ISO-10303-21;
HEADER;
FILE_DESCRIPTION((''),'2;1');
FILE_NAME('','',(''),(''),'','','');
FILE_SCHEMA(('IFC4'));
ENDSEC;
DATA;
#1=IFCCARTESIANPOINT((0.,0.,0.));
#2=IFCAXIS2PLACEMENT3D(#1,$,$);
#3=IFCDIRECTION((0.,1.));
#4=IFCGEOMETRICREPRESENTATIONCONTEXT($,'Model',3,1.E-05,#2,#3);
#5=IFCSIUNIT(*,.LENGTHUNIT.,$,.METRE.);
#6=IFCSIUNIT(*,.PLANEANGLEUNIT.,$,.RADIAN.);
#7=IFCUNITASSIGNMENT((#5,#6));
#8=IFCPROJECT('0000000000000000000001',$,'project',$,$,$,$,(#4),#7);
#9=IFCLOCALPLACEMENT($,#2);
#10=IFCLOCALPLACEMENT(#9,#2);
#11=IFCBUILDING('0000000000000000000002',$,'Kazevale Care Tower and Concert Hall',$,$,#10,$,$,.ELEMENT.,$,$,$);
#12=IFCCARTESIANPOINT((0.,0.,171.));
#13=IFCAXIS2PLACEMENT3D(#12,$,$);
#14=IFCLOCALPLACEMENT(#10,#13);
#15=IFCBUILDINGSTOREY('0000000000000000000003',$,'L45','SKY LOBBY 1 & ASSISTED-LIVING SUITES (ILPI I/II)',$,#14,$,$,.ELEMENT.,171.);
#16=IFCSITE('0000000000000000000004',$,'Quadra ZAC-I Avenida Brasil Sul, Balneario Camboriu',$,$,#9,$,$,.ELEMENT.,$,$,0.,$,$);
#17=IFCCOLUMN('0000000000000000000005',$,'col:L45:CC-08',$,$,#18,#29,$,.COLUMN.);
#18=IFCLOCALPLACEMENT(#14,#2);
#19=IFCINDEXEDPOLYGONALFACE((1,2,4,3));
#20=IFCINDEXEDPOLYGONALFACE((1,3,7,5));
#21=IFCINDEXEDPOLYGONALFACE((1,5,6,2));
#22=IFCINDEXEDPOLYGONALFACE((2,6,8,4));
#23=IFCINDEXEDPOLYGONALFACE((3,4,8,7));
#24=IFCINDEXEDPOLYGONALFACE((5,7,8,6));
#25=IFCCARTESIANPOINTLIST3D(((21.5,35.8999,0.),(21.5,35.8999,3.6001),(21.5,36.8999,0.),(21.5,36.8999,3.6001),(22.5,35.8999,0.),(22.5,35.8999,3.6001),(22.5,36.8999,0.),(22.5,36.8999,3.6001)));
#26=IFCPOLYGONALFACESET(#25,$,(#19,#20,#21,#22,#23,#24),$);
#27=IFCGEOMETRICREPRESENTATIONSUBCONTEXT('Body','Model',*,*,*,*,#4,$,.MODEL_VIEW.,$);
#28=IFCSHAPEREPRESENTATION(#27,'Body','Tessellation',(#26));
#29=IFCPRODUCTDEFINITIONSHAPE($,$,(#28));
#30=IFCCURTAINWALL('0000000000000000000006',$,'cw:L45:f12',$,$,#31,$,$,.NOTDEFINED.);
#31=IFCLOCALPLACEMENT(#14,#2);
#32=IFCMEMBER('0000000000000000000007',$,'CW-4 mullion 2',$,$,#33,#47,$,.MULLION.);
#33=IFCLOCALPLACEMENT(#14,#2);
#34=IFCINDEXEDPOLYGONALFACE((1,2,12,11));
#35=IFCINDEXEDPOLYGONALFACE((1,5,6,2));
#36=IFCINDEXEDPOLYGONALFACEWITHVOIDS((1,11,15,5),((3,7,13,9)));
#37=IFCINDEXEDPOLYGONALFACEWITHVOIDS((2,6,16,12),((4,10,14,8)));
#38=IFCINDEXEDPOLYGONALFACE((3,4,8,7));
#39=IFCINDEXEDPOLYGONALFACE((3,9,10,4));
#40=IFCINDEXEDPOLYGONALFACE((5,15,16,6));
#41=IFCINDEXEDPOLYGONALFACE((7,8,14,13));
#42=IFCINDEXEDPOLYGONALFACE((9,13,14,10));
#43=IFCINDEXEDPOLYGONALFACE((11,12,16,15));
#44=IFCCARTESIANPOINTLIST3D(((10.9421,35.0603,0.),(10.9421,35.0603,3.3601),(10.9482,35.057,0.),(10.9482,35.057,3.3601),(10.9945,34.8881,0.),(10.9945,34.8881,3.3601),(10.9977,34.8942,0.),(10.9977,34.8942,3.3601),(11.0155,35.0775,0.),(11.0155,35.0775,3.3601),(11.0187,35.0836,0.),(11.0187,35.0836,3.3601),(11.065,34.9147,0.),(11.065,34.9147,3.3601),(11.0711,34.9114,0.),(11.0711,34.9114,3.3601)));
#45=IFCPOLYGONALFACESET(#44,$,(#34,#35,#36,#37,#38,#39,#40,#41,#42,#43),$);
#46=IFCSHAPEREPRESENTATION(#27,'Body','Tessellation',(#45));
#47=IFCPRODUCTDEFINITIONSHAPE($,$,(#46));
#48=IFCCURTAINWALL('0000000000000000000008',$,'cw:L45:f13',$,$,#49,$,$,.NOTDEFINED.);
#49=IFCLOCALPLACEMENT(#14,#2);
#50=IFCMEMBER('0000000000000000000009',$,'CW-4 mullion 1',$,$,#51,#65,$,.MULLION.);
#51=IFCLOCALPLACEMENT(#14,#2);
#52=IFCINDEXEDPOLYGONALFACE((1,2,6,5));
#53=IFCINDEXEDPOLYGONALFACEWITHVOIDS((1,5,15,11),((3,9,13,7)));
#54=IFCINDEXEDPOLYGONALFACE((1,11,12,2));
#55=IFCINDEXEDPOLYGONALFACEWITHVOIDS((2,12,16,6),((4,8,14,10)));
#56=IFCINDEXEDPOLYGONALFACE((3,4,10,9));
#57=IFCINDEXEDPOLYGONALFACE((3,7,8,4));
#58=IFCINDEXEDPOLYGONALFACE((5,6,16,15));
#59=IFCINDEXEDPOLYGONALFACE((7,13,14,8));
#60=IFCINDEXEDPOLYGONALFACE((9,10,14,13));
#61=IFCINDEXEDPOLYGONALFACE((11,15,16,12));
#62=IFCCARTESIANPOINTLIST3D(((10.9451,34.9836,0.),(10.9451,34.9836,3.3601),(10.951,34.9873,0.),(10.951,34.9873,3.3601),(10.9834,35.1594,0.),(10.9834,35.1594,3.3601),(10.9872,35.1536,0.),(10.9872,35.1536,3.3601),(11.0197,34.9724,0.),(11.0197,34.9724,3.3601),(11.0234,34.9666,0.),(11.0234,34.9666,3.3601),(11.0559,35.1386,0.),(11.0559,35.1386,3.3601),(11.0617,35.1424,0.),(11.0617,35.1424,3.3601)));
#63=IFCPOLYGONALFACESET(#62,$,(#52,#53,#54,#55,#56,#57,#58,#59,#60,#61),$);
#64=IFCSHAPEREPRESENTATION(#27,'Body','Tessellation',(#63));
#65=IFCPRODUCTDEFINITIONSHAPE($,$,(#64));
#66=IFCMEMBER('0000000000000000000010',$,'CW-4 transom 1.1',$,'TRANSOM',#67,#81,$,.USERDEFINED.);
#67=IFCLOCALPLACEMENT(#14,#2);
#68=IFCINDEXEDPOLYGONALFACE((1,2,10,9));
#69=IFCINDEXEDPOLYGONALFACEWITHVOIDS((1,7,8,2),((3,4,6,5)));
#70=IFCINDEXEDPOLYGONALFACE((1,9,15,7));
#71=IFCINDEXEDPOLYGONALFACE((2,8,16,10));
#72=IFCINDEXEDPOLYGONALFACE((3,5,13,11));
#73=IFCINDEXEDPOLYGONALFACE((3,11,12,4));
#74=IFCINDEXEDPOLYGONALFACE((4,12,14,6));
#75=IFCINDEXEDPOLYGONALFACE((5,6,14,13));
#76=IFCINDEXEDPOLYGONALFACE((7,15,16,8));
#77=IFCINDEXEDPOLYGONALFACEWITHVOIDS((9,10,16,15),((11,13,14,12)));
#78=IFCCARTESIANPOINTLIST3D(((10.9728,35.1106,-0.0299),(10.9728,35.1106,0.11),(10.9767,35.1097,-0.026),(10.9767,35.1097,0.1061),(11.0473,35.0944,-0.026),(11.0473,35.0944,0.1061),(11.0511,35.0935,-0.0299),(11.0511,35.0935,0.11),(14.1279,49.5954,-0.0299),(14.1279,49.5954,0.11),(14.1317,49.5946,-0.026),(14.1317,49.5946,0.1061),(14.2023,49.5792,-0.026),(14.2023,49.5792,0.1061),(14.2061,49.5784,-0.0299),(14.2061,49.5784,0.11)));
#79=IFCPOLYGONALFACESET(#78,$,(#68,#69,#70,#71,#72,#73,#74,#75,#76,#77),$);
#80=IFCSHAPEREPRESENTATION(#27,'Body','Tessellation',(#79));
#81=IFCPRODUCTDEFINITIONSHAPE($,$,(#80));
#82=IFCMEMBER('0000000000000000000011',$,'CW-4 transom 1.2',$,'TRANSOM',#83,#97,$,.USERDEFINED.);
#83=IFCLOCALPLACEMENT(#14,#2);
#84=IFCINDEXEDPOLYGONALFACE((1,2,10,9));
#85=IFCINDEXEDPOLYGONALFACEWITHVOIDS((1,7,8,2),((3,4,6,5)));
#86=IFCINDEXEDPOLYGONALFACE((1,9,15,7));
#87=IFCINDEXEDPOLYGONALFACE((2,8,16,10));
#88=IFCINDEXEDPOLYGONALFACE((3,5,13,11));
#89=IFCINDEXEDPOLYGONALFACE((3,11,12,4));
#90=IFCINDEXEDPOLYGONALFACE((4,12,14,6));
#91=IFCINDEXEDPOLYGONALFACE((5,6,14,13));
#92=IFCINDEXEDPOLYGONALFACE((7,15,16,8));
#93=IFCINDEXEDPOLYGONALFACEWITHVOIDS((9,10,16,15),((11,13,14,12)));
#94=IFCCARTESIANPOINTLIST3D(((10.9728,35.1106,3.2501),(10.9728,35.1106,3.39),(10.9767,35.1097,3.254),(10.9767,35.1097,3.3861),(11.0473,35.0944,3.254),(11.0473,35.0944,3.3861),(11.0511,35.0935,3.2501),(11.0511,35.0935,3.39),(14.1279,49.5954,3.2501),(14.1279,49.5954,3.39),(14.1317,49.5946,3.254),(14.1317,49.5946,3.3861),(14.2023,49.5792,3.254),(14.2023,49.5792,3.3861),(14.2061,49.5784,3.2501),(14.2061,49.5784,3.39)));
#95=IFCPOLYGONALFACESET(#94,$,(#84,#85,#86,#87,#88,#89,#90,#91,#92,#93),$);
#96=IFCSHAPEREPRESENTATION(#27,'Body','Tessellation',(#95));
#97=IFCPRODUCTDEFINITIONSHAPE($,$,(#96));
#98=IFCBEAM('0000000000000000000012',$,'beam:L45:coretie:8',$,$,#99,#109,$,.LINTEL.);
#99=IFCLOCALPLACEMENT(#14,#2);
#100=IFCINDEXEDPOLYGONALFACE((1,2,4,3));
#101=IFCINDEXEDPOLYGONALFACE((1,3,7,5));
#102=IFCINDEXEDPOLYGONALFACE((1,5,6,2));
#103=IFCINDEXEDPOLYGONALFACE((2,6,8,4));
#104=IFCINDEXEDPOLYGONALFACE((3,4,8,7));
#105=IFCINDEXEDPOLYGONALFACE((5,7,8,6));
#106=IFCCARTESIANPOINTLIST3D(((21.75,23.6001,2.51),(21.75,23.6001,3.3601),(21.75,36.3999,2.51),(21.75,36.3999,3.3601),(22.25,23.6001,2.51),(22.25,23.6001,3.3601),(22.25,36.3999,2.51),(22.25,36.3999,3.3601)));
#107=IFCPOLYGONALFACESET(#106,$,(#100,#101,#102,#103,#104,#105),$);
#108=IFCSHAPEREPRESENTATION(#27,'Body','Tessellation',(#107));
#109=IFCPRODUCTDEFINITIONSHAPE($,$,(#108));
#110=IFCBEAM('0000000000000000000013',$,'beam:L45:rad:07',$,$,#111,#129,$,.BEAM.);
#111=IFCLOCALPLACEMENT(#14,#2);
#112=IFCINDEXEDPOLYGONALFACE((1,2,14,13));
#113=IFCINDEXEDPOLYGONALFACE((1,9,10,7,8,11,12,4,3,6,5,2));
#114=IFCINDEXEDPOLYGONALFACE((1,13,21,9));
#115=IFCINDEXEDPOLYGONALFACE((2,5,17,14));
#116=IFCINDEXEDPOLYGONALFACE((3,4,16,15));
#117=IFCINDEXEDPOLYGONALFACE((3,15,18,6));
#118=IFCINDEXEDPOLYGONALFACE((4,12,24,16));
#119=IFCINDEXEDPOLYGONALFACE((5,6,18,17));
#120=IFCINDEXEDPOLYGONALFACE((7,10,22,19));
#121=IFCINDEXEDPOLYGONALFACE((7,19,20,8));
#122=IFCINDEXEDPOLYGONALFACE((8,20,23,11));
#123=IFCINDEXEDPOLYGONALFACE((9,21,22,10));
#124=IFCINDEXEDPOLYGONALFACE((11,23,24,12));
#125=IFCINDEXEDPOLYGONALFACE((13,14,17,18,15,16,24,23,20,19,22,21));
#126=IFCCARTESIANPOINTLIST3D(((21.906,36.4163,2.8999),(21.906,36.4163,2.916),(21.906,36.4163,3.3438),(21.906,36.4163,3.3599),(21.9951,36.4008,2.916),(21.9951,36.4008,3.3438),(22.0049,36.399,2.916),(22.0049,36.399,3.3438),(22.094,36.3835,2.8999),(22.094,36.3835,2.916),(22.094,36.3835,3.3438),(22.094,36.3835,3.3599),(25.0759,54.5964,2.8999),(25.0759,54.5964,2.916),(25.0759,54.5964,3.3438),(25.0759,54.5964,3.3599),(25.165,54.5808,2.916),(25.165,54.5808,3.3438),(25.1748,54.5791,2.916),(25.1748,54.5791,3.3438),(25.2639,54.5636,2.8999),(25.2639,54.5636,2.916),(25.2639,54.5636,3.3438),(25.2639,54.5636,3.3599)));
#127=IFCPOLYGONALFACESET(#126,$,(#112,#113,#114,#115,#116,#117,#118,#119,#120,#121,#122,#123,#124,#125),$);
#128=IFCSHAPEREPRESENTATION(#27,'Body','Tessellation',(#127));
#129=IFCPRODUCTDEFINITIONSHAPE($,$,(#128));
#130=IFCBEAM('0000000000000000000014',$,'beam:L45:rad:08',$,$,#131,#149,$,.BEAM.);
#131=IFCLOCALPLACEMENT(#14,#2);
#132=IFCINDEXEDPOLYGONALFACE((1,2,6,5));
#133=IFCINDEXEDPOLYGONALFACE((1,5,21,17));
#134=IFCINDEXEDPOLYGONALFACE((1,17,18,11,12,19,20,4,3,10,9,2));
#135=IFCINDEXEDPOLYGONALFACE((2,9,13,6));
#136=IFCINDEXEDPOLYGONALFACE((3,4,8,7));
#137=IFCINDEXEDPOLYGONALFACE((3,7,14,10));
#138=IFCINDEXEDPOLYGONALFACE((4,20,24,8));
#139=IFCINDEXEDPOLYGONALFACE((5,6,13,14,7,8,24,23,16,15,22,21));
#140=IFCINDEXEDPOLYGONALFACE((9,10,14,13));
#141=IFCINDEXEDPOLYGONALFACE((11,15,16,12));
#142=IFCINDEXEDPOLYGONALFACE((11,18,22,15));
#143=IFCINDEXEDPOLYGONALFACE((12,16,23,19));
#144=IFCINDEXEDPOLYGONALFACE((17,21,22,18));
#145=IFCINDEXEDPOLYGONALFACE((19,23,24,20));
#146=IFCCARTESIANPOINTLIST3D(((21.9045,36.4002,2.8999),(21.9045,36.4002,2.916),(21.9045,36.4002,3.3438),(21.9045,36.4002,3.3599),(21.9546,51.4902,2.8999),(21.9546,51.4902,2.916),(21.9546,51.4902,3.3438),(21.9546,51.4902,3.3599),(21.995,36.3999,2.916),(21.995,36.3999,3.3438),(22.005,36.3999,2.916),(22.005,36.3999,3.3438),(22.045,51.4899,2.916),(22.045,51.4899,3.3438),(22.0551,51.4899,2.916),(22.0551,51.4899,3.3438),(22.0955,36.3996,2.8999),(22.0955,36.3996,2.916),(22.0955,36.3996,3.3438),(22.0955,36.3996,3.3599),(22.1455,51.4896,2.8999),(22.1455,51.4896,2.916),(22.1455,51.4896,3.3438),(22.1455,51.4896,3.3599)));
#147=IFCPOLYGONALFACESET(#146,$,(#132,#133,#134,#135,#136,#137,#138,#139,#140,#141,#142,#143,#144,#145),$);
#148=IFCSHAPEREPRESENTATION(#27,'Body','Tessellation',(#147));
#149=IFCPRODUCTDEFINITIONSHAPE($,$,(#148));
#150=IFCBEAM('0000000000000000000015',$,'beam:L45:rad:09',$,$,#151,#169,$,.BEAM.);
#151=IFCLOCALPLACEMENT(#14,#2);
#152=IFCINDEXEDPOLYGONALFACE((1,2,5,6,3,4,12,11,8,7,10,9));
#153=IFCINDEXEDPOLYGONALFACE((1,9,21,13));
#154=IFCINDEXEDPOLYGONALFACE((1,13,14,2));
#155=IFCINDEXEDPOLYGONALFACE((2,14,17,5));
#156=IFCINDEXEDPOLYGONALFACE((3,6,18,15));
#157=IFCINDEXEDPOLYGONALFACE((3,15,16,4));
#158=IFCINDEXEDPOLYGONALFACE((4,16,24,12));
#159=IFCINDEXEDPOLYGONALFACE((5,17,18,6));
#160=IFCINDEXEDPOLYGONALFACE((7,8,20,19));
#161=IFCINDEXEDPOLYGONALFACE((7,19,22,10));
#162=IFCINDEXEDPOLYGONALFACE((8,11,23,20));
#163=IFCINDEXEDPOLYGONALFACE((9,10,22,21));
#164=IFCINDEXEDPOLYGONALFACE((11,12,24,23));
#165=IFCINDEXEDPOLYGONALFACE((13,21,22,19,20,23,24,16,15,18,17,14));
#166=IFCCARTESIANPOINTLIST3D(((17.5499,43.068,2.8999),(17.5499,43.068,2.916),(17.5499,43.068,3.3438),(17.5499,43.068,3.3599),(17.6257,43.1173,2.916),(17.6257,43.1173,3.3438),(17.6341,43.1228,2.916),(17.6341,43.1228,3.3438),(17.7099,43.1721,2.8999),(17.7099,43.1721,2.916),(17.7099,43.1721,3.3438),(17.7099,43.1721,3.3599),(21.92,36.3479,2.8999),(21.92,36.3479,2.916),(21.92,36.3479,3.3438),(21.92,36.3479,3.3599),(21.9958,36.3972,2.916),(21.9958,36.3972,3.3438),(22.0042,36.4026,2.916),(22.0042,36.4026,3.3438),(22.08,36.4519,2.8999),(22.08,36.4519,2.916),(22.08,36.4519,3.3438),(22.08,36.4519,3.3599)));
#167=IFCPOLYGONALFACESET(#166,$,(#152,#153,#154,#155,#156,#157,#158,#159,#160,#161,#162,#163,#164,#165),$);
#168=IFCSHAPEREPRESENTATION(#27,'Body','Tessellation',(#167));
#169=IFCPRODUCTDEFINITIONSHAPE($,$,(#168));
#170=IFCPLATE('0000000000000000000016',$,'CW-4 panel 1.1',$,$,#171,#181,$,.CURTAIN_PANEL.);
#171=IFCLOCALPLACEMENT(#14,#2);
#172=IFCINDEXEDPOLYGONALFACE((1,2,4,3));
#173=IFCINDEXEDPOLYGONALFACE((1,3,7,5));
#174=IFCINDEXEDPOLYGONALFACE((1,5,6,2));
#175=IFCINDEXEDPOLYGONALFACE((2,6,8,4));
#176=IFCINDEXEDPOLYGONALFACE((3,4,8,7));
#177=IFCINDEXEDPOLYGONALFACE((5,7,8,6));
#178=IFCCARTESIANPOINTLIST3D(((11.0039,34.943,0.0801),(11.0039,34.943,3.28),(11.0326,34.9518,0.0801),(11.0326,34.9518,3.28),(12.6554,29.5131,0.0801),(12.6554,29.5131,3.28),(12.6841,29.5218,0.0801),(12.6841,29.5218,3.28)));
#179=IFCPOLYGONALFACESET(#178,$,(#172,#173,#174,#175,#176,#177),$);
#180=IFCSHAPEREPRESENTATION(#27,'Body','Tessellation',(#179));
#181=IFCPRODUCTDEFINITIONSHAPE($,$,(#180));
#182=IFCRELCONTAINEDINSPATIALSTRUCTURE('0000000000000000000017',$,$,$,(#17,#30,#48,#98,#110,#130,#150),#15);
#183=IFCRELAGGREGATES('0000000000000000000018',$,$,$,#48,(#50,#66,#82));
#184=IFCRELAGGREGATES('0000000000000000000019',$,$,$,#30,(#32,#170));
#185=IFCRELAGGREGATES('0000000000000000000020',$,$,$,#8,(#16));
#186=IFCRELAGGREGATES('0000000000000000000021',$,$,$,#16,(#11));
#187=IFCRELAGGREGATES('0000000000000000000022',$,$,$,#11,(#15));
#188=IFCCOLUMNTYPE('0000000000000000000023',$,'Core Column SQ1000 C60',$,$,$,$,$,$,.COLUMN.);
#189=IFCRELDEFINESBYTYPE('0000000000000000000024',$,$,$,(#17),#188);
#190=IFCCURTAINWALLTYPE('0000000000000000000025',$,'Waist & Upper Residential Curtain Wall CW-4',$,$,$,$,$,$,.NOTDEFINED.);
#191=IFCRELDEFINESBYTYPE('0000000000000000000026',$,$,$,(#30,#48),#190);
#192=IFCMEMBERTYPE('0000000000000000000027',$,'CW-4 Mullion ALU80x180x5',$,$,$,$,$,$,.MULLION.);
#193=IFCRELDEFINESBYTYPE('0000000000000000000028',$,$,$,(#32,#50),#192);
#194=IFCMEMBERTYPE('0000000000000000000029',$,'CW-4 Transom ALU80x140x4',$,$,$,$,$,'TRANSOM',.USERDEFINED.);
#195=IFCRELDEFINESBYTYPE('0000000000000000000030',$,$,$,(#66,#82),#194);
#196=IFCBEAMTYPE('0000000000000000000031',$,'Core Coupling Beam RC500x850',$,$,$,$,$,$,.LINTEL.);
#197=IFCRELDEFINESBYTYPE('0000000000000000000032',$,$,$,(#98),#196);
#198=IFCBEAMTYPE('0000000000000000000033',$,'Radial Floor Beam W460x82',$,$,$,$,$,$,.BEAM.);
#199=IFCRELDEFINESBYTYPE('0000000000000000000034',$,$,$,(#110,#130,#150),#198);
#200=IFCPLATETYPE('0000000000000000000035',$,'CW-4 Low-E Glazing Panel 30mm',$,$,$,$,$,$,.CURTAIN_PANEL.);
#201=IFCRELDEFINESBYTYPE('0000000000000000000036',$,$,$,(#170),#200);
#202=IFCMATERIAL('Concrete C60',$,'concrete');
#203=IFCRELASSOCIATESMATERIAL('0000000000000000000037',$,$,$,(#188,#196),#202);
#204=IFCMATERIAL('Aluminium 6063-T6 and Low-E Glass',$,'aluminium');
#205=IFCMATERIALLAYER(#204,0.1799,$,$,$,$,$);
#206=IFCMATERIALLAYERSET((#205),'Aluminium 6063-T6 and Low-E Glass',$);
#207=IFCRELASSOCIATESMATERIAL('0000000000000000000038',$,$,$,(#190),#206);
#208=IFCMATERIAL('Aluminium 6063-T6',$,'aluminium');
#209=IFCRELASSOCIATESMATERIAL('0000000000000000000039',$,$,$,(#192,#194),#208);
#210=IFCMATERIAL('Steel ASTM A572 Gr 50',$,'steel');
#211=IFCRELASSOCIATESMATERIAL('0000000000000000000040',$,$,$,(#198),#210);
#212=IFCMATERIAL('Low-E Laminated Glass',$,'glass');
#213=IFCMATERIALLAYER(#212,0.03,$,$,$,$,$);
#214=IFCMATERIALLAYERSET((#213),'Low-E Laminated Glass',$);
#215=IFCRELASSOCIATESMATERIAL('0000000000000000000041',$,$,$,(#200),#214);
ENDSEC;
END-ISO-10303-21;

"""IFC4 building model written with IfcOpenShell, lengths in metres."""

from ifc_helpers import new_model, si_unit, direction, frame, origin, origin_2d, place, context, subcontext, project, spatial, rectangle, hollow_rectangle, i_section, extrude, material, layer, layer_set, material_profile, profile_set, type_object, element, aggregate, save


model = new_model("IFC4")

# Units and contexts
model_context = context("Model", 3, precision=1e-05, world=origin(), true_north=direction((0.0, 1.0)))
body_context = subcontext(model_context, "Body", "Model", "MODEL_VIEW")
ifc_project = project(units=[si_unit("LENGTHUNIT", "METRE"), si_unit("PLANEANGLEUNIT", "RADIAN")], contexts=[model_context])

# Site, building, storey
site_placement = place(None, origin())
site = spatial("IfcSite", under=ifc_project, at=site_placement, Name="Quadra ZAC-I Avenida Brasil Sul, Balneario Camboriu", CompositionType="ELEMENT", RefElevation=0.0)
building_placement = place(site_placement, origin())
building = spatial("IfcBuilding", under=site, at=building_placement, Name="Kazevale Care Tower and Concert Hall", CompositionType="ELEMENT")
storey_placement = place(building_placement, frame((0.0, 0.0, 171.0)))
storey = spatial("IfcBuildingStorey", under=building, at=storey_placement, Name="L45", Description="SKY LOBBY 1 & ASSISTED-LIVING SUITES (ILPI I/II)", CompositionType="ELEMENT", Elevation=171.0)

# Column
ifc_material_1 = material(Name="Concrete C60", Category="concrete")
ifc_material_profile_1 = material_profile(ifc_material_1, rectangle(XDim=1.0, YDim=1.0, at=origin_2d()), Name="RC-SQ1000")
ifc_profile_set_1 = profile_set([ifc_material_profile_1], Name="Concrete C60")
column_type = type_object("IfcColumnType", Name="Core Column SQ1000 C60", PredefinedType="COLUMN", material=ifc_profile_set_1)
column_placement = place(storey_placement, frame((22.0, 36.3999, 0.0), z_axis=(0.0, 0.0, 1.0), x_axis=(1.0, 0.0, 0.0)))
element("IfcColumn", 1, at=column_placement, inside=storey, type_object=column_type, Name="col:L45:CC-08", PredefinedType="COLUMN", context=body_context, shape_type="SweptSolid", body=[
    extrude(rectangle(XDim=1.0, YDim=1.0, at=origin_2d()), origin(), (0.0, 0.0, 1.0), 3.6001),
])

# Curtain wall, member
ifc_material_2 = material(Name="Aluminium 6063-T6 and Low-E Glass", Category="aluminium")
ifc_layer_1 = layer(ifc_material_2, 0.1799)
ifc_layer_set_1 = layer_set([ifc_layer_1], Name="Aluminium 6063-T6 and Low-E Glass")
curtain_wall_type = type_object("IfcCurtainWallType", Name="Waist & Upper Residential Curtain Wall CW-4", PredefinedType="NOTDEFINED", material=ifc_layer_set_1)
curtain_wall_1_placement = place(storey_placement, origin())
curtain_wall_1 = element("IfcCurtainWall", 2, at=curtain_wall_1_placement, inside=storey, type_object=curtain_wall_type, Name="cw:L45:f12", PredefinedType="NOTDEFINED")
ifc_material_3 = material(Name="Aluminium 6063-T6", Category="aluminium")
ifc_material_profile_2 = material_profile(ifc_material_3, hollow_rectangle(XDim=0.0801, YDim=0.1799, WallThickness=0.0049, at=origin_2d()), Name="ALU80x180x5")
ifc_profile_set_2 = profile_set([ifc_material_profile_2], Name="Aluminium 6063-T6")
member_type_1 = type_object("IfcMemberType", Name="CW-4 Mullion ALU80x180x5", PredefinedType="MULLION", material=ifc_profile_set_2)
member_1_placement = place(storey_placement, frame((11.0066, 34.9858, 0.0), z_axis=(0.0, 0.0, 1.0), x_axis=(-0.95673, -0.290977, 0.0)))
member_1 = element("IfcMember", 3, at=member_1_placement, type_object=member_type_1, Name="CW-4 mullion 2", PredefinedType="MULLION", context=body_context, shape_type="SweptSolid", body=[
    extrude(hollow_rectangle(XDim=0.0801, YDim=0.1799, WallThickness=0.0049, at=origin_2d()), origin(), (0.0, 0.0, 1.0), 3.3601),
])

# Curtain wall, members
curtain_wall_2_placement = place(storey_placement, origin())
curtain_wall_2 = element("IfcCurtainWall", 4, at=curtain_wall_2_placement, inside=storey, type_object=curtain_wall_type, Name="cw:L45:f13", PredefinedType="NOTDEFINED")
member_2_placement = place(storey_placement, frame((11.0034, 35.063, 0.0), z_axis=(0.0, 0.0, 1.0), x_axis=(-0.977091, 0.212823, 0.0)))
member_2 = element("IfcMember", 5, at=member_2_placement, type_object=member_type_1, Name="CW-4 mullion 1", PredefinedType="MULLION", context=body_context, shape_type="SweptSolid", body=[
    extrude(hollow_rectangle(XDim=0.0801, YDim=0.1799, WallThickness=0.0049, at=origin_2d()), origin(), (0.0, 0.0, 1.0), 3.3601),
])
ifc_material_profile_3 = material_profile(ifc_material_3, hollow_rectangle(XDim=0.0801, YDim=0.1399, WallThickness=0.0039, at=origin_2d()), Name="ALU80x140x4")
ifc_profile_set_3 = profile_set([ifc_material_profile_3], Name="Aluminium 6063-T6")
member_type_2 = type_object("IfcMemberType", Name="CW-4 Transom ALU80x140x4", ElementType="TRANSOM", PredefinedType="USERDEFINED", material=ifc_profile_set_3)
member_3_placement = place(storey_placement, frame((11.012, 35.1021, 0.04), z_axis=(0.212826, 0.97709, 0.0), x_axis=(-0.97709, 0.212826, 0.0)))
member_3 = element("IfcMember", 6, at=member_3_placement, type_object=member_type_2, Name="CW-4 transom 1.1", ObjectType="TRANSOM", PredefinedType="USERDEFINED", context=body_context, shape_type="SweptSolid", body=[
    extrude(hollow_rectangle(XDim=0.0801, YDim=0.1399, WallThickness=0.0039, at=origin_2d()), origin(), (0.0, 0.0, 1.0), 14.8245),
])
member_4_placement = place(storey_placement, frame((11.012, 35.1021, 3.3201), z_axis=(0.212826, 0.97709, 0.0), x_axis=(-0.97709, 0.212826, 0.0)))
member_4 = element("IfcMember", 7, at=member_4_placement, type_object=member_type_2, Name="CW-4 transom 1.2", ObjectType="TRANSOM", PredefinedType="USERDEFINED", context=body_context, shape_type="SweptSolid", body=[
    extrude(hollow_rectangle(XDim=0.0801, YDim=0.1399, WallThickness=0.0039, at=origin_2d()), origin(), (0.0, 0.0, 1.0), 14.8245),
])
aggregate(curtain_wall_2, [member_2, member_3, member_4])

# Beams
ifc_material_profile_4 = material_profile(ifc_material_1, rectangle(XDim=0.5, YDim=0.8501, at=origin_2d()), Name="RC-B500x850")
ifc_profile_set_4 = profile_set([ifc_material_profile_4], Name="Concrete C60")
beam_type_1 = type_object("IfcBeamType", Name="Core Coupling Beam RC500x850", PredefinedType="LINTEL", material=ifc_profile_set_4)
beam_1_placement = place(storey_placement, frame((22.0, 36.3999, 2.9351), z_axis=(0.0, -1.0, 0.0), x_axis=(1.0, 0.0, 0.0)))
element("IfcBeam", 8, at=beam_1_placement, inside=storey, type_object=beam_type_1, Name="beam:L45:coretie:8", PredefinedType="LINTEL", context=body_context, shape_type="SweptSolid", body=[
    extrude(rectangle(XDim=0.5, YDim=0.8501, at=origin_2d()), origin(), (0.0, 0.0, 1.0), 12.7998),
])
ifc_material_4 = material(Name="Steel ASTM A572 Gr 50", Category="steel")
ifc_material_profile_5 = material_profile(ifc_material_4, i_section(OverallWidth=0.1909, OverallDepth=0.46, WebThickness=0.01, FlangeThickness=0.0161, at=origin_2d()), Name="W460x82")
ifc_profile_set_5 = profile_set([ifc_material_profile_5], Name="Steel ASTM A572 Gr 50")
beam_type_2 = type_object("IfcBeamType", Name="Radial Floor Beam W460x82", PredefinedType="BEAM", material=ifc_profile_set_5)
beam_2_placement = place(storey_placement, frame((22.0, 36.3999, 3.1299), z_axis=(0.17177, 0.985137, 0.0), x_axis=(-0.985137, 0.17177, 0.0)))
element("IfcBeam", 9, at=beam_2_placement, inside=storey, type_object=beam_type_2, Name="beam:L45:rad:07", PredefinedType="BEAM", context=body_context, shape_type="SweptSolid", body=[
    extrude(i_section(OverallWidth=0.1909, OverallDepth=0.46, WebThickness=0.01, FlangeThickness=0.0161, at=origin_2d()), origin(), (0.0, 0.0, 1.0), 18.4543),
])
beam_3_placement = place(storey_placement, frame((22.0, 36.3999, 3.1299), z_axis=(0.003317, 0.999994, 0.0), x_axis=(-0.999994, 0.003317, 0.0)))
element("IfcBeam", 10, at=beam_3_placement, inside=storey, type_object=beam_type_2, Name="beam:L45:rad:08", PredefinedType="BEAM", context=body_context, shape_type="SweptSolid", body=[
    extrude(i_section(OverallWidth=0.1909, OverallDepth=0.46, WebThickness=0.01, FlangeThickness=0.0161, at=origin_2d()), origin(), (0.0, 0.0, 1.0), 15.0901),
])
beam_4_placement = place(storey_placement, frame((22.0, 36.3999, 3.1299), z_axis=(-0.545162, 0.838331, 0.0), x_axis=(-0.838331, -0.545162, 0.0)))
element("IfcBeam", 11, at=beam_4_placement, inside=storey, type_object=beam_type_2, Name="beam:L45:rad:09", PredefinedType="BEAM", context=body_context, shape_type="SweptSolid", body=[
    extrude(i_section(OverallWidth=0.1909, OverallDepth=0.46, WebThickness=0.01, FlangeThickness=0.0161, at=origin_2d()), origin(), (0.0, 0.0, 1.0), 8.0161),
])

# Plate
ifc_material_5 = material(Name="Low-E Laminated Glass", Category="glass")
ifc_layer_2 = layer(ifc_material_5, 0.03)
ifc_layer_set_2 = layer_set([ifc_layer_2], Name="Low-E Laminated Glass")
plate_type = type_object("IfcPlateType", Name="CW-4 Low-E Glazing Panel 30mm", PredefinedType="CURTAIN_PANEL", material=ifc_layer_set_2)
plate_placement = place(storey_placement, frame((11.844, 32.2324, 0.0801), z_axis=(0.0, 0.0, 1.0), x_axis=(-0.290977, 0.95673, 0.0)))
plate = element("IfcPlate", 12, at=plate_placement, type_object=plate_type, Name="CW-4 panel 1.1", PredefinedType="CURTAIN_PANEL", context=body_context, shape_type="SweptSolid", body=[
    extrude(rectangle(XDim=5.6755, YDim=0.03, at=origin_2d()), origin(), (0.0, 0.0, 1.0), 3.2),
])
aggregate(curtain_wall_1, [member_1, plate])

save(model, "model.ifc")
